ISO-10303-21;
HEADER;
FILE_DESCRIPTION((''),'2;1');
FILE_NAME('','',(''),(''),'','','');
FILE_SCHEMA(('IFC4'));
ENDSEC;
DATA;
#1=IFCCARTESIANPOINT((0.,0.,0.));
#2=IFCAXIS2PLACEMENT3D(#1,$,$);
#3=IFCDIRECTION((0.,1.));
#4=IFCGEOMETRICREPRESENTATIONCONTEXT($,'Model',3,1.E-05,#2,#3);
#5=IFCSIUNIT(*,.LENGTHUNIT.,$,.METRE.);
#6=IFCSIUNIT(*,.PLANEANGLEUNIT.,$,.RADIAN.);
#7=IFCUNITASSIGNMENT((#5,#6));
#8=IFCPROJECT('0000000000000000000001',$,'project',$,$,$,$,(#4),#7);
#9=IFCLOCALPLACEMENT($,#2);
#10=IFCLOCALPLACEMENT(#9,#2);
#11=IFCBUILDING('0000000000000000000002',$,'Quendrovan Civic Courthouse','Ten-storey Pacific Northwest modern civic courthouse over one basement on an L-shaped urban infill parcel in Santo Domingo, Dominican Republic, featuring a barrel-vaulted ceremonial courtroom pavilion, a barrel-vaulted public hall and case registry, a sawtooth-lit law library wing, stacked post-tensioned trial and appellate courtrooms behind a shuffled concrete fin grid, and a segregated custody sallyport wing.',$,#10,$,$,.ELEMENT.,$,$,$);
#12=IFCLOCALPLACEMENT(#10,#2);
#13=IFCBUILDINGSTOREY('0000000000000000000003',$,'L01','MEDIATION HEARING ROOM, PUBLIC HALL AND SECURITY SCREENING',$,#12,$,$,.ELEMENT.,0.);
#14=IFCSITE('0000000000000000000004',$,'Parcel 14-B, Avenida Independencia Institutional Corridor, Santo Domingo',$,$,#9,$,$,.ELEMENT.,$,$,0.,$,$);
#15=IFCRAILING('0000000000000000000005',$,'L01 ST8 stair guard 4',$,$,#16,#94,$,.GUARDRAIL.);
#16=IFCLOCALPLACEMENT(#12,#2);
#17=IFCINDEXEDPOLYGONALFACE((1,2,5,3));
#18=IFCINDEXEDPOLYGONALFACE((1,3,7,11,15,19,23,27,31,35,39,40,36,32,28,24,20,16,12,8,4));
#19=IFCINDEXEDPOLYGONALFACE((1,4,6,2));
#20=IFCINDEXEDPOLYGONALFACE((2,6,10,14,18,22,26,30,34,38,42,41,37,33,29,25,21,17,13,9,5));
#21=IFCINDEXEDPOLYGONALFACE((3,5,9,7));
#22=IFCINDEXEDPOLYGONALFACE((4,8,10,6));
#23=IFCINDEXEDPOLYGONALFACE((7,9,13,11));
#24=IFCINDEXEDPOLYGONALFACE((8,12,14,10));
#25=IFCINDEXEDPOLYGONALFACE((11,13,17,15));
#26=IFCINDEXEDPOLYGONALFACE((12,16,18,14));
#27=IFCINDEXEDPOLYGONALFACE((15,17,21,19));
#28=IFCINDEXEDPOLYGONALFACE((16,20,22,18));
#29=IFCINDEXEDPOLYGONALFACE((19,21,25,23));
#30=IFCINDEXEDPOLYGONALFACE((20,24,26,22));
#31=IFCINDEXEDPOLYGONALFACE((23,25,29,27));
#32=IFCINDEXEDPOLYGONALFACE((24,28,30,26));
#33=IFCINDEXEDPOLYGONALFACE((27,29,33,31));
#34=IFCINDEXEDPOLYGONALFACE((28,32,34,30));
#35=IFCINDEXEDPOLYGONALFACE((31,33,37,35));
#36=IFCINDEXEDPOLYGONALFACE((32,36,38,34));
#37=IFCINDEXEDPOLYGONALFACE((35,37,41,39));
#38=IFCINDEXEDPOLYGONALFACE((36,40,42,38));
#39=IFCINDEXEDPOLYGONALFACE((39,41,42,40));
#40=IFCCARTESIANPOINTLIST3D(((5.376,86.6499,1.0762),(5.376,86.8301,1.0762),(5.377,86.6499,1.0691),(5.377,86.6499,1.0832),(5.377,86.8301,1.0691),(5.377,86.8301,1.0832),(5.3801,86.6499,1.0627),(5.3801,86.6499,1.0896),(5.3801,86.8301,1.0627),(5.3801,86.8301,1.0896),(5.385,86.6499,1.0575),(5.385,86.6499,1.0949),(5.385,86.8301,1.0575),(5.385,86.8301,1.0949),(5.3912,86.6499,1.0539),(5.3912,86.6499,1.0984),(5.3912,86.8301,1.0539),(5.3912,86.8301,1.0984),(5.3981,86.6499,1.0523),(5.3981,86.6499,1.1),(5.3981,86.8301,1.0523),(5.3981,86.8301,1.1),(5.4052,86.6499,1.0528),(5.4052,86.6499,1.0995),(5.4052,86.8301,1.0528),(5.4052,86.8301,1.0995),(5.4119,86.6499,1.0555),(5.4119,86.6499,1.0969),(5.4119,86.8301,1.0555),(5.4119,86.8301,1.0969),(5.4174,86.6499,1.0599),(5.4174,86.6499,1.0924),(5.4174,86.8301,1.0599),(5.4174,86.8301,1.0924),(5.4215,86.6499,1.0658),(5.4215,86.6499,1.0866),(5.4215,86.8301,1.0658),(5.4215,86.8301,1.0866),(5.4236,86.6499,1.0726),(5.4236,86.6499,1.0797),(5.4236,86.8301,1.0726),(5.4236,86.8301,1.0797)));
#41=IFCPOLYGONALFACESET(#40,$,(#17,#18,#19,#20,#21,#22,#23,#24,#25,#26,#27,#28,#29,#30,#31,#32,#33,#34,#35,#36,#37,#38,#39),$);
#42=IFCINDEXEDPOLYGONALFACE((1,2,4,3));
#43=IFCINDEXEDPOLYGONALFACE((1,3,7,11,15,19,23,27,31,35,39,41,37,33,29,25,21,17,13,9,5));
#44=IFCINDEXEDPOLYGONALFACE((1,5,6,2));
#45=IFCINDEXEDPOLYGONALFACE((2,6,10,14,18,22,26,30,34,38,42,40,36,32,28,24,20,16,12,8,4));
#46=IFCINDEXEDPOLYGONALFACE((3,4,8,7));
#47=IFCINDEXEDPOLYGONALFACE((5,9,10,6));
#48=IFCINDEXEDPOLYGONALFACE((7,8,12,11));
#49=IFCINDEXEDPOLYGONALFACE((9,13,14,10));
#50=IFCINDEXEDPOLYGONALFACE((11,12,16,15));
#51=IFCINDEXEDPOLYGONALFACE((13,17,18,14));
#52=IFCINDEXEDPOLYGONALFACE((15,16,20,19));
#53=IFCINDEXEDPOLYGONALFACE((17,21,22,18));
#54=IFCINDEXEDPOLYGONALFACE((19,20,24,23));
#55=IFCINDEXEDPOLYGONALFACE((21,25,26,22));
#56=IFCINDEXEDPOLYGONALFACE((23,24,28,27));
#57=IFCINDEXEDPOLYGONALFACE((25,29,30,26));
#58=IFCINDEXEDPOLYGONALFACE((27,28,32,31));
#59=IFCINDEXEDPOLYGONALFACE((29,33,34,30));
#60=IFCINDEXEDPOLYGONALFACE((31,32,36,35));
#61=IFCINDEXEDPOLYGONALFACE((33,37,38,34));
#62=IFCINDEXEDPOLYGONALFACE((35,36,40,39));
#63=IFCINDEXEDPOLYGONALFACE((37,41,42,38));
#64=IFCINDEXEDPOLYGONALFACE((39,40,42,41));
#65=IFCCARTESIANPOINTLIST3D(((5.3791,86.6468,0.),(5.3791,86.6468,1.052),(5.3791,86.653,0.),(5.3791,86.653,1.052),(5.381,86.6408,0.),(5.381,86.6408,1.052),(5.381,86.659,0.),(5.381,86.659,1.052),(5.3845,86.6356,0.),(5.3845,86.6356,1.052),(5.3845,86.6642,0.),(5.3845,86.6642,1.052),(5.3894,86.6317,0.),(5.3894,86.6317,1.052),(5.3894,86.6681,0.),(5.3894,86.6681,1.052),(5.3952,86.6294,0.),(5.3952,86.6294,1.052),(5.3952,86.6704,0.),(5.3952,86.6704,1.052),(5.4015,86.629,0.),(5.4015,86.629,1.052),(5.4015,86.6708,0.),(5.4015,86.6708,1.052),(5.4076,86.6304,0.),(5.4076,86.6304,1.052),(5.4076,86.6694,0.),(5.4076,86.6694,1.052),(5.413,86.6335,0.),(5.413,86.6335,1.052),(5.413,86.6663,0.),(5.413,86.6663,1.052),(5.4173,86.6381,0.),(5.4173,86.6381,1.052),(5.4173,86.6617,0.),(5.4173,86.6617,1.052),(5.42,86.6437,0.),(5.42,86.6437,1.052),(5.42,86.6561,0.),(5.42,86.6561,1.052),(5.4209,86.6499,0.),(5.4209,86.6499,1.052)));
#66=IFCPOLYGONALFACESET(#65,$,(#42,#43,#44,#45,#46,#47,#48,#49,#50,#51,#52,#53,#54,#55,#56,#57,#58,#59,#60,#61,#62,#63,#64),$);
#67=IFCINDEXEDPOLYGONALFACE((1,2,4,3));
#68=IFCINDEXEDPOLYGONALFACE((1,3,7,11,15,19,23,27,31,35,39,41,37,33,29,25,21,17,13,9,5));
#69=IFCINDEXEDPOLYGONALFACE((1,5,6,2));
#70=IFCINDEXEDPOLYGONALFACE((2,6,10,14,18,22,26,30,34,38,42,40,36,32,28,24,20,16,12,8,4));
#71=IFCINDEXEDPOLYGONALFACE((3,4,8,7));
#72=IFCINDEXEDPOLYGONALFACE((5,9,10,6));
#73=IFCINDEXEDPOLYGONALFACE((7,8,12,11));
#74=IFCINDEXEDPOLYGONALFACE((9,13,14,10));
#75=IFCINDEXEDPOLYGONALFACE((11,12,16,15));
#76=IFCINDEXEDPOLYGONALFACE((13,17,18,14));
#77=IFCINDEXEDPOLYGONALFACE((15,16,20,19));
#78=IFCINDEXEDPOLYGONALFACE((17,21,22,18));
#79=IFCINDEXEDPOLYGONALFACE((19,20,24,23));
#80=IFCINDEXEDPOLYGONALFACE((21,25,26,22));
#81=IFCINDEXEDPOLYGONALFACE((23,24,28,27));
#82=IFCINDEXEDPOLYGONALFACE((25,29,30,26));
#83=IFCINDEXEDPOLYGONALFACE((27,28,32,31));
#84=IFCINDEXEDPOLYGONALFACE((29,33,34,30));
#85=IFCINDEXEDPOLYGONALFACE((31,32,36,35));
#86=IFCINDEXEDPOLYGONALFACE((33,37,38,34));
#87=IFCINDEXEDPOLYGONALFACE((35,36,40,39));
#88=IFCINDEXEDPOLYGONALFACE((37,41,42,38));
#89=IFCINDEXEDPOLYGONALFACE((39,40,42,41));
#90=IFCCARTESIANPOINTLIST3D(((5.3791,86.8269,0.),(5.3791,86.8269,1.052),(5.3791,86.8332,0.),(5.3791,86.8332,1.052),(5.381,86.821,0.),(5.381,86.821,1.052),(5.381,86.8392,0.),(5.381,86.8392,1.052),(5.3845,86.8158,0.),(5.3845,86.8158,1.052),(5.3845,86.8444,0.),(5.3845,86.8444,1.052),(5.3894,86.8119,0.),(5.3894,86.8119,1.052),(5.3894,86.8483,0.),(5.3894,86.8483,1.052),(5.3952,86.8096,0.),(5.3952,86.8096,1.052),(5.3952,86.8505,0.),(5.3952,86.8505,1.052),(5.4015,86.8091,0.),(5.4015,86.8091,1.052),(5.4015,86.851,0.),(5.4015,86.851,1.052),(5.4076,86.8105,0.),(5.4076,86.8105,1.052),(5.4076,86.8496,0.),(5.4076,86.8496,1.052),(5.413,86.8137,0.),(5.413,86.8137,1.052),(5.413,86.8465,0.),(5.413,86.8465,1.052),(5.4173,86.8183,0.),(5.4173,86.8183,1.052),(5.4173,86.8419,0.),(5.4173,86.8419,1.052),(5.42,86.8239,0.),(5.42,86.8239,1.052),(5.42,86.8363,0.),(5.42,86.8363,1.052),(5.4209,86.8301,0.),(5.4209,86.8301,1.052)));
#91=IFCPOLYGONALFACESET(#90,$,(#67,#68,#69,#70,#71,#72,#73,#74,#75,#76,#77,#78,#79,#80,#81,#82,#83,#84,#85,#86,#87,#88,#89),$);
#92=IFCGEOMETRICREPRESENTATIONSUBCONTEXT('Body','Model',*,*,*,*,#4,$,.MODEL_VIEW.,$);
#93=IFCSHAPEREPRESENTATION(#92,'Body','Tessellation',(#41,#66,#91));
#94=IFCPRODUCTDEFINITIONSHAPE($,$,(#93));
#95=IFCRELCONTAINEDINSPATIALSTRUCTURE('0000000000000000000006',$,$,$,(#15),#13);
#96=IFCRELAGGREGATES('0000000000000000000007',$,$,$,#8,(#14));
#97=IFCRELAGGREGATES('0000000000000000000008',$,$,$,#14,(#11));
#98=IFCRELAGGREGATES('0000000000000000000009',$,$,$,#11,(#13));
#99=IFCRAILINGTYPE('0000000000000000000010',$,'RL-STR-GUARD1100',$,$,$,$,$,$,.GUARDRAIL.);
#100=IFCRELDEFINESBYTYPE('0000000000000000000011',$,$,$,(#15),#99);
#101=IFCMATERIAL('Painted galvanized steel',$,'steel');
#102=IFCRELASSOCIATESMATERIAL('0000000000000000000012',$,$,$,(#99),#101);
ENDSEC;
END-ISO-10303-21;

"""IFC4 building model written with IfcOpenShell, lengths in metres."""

from ifc_helpers import new_model, si_unit, direction, frame, origin, origin_2d, place, context, subcontext, project, spatial, circle, extrude, material, type_object, element, save


model = new_model("IFC4")

# Units and contexts
model_context = context("Model", 3, precision=1e-05, world=origin(), true_north=direction((0.0, 1.0)))
body_context = subcontext(model_context, "Body", "Model", "MODEL_VIEW")
ifc_project = project(units=[si_unit("LENGTHUNIT", "METRE"), si_unit("PLANEANGLEUNIT", "RADIAN")], contexts=[model_context])

# Site, building, storey
site_placement = place(None, origin())
site = spatial("IfcSite", under=ifc_project, at=site_placement, Name="Parcel 14-B, Avenida Independencia Institutional Corridor, Santo Domingo", CompositionType="ELEMENT", RefElevation=0.0)
building_placement = place(site_placement, origin())
building = spatial("IfcBuilding", under=site, at=building_placement, Name="Quendrovan Civic Courthouse", Description="Ten-storey Pacific Northwest modern civic courthouse over one basement on an L-shaped urban infill parcel in Santo Domingo, Dominican Republic, featuring a barrel-vaulted ceremonial courtroom pavilion, a barrel-vaulted public hall and case registry, a sawtooth-lit law library wing, stacked post-tensioned trial and appellate courtrooms behind a shuffled concrete fin grid, and a segregated custody sallyport wing.", CompositionType="ELEMENT")
storey_placement = place(building_placement, origin())
storey = spatial("IfcBuildingStorey", under=building, at=storey_placement, Name="L01", Description="MEDIATION HEARING ROOM, PUBLIC HALL AND SECURITY SCREENING", CompositionType="ELEMENT", Elevation=0.0)

# Railing
ifc_material_1 = material(Name="Painted galvanized steel", Category="steel")
railing_type_1 = type_object("IfcRailingType", Name="RL-STR-GUARD1100", PredefinedType="GUARDRAIL", material=ifc_material_1)
railing_1_placement = place(storey_placement, frame((5.3999, 86.6499, 0.0)))
element("IfcRailing", 1, at=railing_1_placement, inside=storey, type_object=railing_type_1, Name="L01 ST8 stair guard 4", PredefinedType="GUARDRAIL", context=body_context, shape_type="SweptSolid", body=[
    extrude(circle(Radius=0.0239, at=origin_2d()), frame((0.0, 0.0, 1.0762), z_axis=(0.0, 1.0, 0.0), x_axis=(-1.0, 0.0, 0.0)), (0.0, 0.0, 1.0), 0.1802),
    extrude(circle(Radius=0.021, at=origin_2d()), origin(), (0.0, 0.0, 1.0), 1.052),
    extrude(circle(Radius=0.021, at=origin_2d()), frame((0.0, 0.1802, 0.0)), (0.0, 0.0, 1.0), 1.052),
])

save(model, "model.ifc")
